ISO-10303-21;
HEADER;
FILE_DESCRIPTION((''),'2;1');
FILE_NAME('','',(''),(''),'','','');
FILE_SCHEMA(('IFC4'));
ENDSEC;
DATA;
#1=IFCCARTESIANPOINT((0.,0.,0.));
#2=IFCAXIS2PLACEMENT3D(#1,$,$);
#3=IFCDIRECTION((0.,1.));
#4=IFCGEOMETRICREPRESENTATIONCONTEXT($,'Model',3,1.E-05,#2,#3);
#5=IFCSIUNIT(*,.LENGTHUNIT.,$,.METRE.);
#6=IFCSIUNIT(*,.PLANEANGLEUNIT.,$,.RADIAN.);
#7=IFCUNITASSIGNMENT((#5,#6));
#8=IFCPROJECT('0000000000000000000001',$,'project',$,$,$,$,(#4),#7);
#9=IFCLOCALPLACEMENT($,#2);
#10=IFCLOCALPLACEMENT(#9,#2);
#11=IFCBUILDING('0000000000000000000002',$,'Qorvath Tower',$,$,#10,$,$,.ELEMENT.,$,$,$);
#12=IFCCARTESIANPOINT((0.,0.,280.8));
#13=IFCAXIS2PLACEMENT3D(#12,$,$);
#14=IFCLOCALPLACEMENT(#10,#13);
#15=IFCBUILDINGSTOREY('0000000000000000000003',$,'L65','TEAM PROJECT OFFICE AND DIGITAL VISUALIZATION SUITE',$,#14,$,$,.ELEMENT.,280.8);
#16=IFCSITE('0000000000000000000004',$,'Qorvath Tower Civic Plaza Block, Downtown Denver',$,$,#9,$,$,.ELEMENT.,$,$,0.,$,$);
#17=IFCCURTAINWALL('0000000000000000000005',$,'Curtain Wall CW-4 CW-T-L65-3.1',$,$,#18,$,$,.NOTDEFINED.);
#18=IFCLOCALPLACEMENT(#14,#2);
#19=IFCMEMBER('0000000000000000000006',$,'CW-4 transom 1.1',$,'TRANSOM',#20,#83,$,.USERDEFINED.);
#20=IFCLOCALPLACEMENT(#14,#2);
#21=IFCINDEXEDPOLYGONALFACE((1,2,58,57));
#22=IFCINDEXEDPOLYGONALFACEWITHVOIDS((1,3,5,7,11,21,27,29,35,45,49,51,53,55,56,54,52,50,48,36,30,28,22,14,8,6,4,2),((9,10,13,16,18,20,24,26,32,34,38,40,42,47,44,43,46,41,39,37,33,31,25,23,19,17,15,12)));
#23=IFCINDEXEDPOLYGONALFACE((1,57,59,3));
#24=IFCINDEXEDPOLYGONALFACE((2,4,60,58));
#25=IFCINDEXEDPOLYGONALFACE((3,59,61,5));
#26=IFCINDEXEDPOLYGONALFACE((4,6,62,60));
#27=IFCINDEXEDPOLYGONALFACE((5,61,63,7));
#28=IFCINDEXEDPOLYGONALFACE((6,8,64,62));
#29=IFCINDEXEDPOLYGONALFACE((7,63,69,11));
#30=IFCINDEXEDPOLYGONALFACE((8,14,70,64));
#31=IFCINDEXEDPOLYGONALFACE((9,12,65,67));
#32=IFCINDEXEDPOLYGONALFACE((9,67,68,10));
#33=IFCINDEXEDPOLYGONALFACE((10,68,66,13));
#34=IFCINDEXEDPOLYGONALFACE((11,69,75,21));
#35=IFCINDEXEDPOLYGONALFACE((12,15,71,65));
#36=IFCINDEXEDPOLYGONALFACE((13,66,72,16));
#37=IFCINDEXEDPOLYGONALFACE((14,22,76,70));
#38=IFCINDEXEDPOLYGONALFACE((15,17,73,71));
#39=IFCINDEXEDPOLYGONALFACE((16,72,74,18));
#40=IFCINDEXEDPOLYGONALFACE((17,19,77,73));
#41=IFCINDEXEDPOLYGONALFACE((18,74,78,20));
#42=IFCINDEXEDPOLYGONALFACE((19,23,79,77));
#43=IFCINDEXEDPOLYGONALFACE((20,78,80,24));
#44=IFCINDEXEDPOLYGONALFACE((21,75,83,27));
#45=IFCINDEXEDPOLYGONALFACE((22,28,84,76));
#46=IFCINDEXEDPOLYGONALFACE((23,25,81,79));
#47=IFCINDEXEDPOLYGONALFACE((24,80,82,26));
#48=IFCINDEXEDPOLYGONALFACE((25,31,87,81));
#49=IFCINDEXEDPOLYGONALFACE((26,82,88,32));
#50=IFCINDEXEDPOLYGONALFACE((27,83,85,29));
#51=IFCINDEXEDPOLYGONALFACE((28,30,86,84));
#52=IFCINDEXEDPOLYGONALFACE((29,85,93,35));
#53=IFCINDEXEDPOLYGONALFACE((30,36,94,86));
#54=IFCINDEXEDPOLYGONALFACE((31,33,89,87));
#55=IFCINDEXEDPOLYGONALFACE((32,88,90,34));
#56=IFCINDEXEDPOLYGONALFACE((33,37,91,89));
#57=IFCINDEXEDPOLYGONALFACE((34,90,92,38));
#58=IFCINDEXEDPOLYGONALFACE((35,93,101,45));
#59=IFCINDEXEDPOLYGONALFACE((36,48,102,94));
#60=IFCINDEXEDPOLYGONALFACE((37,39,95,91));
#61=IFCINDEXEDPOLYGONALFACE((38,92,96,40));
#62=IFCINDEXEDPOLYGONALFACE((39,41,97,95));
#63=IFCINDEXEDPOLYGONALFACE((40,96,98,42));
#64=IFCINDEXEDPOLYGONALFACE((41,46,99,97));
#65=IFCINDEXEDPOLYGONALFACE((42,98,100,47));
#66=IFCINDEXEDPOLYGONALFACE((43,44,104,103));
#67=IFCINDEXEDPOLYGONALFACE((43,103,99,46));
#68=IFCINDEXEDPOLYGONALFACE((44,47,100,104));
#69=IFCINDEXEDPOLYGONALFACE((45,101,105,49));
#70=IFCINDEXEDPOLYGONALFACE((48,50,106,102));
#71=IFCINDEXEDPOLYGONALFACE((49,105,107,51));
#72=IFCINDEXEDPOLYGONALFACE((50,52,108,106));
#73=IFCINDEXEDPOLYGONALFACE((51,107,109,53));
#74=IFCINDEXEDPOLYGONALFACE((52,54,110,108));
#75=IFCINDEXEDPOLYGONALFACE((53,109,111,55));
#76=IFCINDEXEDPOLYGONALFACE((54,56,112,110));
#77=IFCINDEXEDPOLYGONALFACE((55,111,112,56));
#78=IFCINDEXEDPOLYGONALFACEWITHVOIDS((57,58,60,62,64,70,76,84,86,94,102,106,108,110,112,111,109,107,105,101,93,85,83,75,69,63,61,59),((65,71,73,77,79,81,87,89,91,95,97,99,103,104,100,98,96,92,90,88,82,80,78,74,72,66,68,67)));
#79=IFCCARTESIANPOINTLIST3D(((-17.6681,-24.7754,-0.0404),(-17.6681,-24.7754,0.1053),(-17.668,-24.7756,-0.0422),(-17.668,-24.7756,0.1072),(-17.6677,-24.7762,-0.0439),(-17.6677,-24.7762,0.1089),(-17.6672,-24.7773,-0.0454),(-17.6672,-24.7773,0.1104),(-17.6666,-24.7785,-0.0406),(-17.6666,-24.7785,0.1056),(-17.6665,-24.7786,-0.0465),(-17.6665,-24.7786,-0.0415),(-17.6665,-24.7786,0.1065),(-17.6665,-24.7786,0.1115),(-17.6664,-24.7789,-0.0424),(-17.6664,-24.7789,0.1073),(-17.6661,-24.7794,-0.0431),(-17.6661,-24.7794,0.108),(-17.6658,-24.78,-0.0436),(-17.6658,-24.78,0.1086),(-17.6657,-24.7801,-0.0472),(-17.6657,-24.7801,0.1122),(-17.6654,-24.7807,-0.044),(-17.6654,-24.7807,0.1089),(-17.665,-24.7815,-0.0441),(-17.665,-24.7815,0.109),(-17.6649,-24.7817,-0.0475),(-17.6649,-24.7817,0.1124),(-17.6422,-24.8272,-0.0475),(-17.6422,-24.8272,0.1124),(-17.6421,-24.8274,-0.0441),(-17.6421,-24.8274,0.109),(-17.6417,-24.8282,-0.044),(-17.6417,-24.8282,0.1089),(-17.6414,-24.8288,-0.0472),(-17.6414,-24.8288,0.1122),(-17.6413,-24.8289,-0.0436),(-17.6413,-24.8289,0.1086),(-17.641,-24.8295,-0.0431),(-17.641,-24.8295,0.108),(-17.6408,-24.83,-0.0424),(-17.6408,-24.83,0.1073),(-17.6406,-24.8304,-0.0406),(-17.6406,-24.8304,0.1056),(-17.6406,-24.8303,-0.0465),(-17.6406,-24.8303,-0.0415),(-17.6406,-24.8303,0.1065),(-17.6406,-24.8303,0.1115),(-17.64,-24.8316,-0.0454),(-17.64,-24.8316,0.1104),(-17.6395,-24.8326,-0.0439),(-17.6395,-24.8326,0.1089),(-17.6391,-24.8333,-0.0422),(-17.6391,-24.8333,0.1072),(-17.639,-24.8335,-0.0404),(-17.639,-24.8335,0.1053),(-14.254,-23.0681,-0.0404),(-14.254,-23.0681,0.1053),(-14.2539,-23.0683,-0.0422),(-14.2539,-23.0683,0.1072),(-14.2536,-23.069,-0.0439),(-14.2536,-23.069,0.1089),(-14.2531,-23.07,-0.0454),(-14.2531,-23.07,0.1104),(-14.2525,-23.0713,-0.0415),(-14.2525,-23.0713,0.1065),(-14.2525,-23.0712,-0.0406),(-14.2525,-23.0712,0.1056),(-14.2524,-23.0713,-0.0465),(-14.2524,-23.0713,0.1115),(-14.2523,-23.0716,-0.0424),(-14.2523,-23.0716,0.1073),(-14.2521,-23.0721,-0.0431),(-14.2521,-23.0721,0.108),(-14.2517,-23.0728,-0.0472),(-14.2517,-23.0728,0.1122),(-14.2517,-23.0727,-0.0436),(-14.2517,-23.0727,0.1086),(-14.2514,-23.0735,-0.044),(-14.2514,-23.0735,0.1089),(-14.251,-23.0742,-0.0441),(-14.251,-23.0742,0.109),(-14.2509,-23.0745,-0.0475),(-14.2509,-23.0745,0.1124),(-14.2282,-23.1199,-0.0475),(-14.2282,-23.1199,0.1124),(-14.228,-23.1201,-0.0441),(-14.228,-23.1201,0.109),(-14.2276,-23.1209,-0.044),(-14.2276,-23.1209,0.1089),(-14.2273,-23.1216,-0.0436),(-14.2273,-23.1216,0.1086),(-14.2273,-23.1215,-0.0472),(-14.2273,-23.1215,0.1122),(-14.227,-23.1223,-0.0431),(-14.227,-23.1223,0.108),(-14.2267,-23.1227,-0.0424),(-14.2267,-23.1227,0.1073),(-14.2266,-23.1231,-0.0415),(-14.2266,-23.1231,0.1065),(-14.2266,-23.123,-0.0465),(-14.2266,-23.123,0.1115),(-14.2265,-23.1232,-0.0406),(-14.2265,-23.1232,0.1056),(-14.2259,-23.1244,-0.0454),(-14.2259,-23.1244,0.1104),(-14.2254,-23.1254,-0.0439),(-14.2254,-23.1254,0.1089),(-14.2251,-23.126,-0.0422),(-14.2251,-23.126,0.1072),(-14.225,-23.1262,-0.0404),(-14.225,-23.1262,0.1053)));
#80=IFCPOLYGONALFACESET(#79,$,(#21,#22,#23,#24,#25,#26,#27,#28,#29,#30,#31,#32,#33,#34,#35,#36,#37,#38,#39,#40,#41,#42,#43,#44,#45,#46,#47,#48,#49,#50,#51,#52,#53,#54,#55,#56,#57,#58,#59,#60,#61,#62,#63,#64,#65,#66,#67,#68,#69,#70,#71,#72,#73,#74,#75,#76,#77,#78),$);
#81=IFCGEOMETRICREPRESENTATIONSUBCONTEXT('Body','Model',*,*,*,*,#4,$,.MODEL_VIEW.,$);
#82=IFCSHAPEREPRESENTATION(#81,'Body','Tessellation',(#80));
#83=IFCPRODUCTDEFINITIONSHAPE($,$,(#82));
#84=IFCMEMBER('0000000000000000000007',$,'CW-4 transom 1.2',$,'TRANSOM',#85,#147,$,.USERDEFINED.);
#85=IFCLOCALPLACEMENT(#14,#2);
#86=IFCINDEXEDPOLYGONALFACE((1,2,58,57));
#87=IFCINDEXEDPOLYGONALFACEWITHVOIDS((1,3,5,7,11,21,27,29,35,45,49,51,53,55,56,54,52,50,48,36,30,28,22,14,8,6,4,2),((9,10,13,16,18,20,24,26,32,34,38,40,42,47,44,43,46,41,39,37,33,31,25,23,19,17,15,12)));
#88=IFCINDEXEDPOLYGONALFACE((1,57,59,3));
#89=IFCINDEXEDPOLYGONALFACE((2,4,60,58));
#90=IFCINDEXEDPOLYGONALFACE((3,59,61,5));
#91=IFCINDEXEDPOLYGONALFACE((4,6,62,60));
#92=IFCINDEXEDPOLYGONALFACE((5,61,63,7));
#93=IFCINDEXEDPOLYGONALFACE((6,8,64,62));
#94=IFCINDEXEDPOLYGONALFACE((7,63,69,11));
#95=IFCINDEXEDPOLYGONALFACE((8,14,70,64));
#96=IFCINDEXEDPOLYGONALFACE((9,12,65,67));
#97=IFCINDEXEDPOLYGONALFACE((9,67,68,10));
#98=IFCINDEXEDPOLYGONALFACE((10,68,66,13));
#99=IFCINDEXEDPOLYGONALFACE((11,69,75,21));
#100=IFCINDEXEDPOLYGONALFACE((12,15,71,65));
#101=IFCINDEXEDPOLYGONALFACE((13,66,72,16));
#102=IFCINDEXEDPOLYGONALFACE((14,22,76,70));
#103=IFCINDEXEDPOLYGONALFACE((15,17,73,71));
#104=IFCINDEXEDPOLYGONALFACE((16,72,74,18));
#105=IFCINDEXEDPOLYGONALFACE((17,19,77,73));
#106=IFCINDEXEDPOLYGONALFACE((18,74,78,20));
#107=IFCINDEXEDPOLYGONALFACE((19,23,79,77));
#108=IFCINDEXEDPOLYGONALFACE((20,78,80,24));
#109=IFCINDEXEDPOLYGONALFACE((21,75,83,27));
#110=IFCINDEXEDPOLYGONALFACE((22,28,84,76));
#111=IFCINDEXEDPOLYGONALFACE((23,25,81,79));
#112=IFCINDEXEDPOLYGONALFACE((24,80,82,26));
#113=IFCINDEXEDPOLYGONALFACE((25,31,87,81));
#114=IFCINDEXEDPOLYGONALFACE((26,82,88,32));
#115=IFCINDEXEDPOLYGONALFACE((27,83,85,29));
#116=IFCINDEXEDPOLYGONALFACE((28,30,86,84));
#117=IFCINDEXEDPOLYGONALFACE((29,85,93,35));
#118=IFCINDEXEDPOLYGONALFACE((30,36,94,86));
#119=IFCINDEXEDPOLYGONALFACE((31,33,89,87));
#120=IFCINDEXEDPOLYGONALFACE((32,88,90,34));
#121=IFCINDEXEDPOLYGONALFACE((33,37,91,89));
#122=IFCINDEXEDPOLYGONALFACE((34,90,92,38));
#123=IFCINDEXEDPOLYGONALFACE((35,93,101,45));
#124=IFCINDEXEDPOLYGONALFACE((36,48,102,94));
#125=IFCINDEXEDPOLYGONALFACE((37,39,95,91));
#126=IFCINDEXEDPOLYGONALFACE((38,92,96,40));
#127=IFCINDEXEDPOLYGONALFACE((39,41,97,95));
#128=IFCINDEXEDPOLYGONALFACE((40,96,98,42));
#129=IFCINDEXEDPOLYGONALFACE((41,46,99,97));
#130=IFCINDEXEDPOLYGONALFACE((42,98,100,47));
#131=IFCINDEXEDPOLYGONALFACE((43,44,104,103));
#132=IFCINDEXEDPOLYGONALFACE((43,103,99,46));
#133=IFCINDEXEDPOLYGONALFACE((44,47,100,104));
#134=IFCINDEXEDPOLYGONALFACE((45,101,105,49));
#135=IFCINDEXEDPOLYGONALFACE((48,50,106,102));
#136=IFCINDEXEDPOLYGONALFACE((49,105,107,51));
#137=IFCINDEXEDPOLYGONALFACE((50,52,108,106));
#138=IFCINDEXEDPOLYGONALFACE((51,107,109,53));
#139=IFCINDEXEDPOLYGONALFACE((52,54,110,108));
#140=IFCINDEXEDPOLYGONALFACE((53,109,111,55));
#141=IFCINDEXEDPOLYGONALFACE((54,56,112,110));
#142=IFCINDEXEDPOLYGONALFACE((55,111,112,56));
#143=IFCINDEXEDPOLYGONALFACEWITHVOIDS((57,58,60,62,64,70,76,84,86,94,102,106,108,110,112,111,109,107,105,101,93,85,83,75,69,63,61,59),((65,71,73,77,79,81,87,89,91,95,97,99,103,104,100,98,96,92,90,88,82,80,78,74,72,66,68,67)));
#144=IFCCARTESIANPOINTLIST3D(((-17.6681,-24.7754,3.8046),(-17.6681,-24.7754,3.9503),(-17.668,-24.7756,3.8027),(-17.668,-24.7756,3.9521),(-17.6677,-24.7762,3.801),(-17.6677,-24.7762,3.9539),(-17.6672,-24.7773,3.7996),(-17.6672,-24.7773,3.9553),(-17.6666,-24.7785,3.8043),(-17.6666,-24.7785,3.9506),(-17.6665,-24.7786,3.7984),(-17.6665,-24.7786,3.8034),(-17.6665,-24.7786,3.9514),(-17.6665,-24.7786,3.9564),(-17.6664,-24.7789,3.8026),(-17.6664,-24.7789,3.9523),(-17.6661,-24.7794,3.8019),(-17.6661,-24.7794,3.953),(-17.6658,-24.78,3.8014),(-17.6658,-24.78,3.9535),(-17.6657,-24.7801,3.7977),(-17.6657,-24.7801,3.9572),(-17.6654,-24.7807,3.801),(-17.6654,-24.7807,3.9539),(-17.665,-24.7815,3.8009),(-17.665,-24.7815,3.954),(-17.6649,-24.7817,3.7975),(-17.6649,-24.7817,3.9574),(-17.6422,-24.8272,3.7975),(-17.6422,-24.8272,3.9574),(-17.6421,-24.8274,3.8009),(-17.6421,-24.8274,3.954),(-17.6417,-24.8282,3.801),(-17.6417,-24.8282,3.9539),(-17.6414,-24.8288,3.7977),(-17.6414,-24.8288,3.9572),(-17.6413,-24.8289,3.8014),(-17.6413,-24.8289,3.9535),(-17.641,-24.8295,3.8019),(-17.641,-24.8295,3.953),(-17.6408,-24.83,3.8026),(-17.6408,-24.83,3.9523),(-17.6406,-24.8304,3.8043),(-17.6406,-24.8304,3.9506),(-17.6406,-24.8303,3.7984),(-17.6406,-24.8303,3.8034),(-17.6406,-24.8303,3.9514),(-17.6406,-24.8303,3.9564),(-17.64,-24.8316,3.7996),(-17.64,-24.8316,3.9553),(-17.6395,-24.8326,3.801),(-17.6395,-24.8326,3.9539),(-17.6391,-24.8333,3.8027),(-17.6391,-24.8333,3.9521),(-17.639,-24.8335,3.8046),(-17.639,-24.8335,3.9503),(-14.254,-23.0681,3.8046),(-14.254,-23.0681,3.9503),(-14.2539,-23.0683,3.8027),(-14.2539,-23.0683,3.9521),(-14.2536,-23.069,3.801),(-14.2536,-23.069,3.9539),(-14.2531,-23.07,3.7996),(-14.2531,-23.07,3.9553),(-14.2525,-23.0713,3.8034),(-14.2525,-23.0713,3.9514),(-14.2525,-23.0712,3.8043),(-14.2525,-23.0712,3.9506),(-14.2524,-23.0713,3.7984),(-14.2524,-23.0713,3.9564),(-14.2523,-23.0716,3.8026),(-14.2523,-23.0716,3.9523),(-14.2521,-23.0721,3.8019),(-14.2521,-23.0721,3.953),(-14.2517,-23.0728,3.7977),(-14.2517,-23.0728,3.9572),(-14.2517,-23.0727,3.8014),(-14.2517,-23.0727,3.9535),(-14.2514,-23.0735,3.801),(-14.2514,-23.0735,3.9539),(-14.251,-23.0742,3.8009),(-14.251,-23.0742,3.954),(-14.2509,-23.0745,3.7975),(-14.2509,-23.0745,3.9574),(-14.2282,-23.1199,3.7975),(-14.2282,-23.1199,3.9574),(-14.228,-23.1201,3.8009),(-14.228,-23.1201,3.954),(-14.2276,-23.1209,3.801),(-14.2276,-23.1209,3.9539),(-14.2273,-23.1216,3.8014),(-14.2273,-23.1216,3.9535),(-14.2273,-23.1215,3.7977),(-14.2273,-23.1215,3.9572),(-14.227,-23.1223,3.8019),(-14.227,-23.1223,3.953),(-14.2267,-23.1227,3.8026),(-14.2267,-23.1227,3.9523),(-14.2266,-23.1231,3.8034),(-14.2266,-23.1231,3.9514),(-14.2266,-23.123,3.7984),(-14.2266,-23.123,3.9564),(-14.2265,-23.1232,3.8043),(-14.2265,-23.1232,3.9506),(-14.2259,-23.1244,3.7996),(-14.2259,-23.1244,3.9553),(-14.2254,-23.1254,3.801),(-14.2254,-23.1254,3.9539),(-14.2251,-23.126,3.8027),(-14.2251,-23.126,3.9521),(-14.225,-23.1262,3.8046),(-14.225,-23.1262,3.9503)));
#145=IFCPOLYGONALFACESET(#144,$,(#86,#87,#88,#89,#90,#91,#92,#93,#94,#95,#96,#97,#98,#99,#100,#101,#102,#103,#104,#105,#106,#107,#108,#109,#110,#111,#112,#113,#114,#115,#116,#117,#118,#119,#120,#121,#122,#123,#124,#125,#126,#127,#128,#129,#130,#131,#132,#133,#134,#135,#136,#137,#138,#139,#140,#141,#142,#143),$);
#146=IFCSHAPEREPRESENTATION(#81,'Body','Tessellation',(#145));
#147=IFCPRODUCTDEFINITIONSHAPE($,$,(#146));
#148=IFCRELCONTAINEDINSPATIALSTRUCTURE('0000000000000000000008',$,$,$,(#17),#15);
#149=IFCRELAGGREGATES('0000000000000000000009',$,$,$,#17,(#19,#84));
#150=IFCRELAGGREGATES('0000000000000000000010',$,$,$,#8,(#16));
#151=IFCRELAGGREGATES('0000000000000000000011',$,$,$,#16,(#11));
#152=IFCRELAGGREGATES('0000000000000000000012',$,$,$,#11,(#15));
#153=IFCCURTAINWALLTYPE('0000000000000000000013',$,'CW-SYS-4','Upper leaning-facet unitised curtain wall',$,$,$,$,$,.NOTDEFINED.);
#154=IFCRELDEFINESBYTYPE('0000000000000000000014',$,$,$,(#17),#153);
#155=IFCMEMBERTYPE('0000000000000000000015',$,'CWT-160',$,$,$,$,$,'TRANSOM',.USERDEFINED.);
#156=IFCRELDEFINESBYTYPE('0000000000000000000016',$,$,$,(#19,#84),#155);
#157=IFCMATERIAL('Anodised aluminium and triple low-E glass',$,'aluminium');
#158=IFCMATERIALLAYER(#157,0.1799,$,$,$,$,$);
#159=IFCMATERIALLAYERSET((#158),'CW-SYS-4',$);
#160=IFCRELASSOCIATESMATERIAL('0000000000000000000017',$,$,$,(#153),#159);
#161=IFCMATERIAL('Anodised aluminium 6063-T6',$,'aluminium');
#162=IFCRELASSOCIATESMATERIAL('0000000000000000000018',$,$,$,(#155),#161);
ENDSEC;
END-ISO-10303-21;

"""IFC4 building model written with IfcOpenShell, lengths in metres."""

from ifc_helpers import new_model, si_unit, direction, frame, origin, origin_2d, place, context, subcontext, project, spatial, hollow_rectangle, extrude, material, layer, layer_set, material_profile, profile_set, type_object, element, aggregate, save


model = new_model("IFC4")

# Units and contexts
model_context = context("Model", 3, precision=1e-05, world=origin(), true_north=direction((0.0, 1.0)))
body_context = subcontext(model_context, "Body", "Model", "MODEL_VIEW")
ifc_project = project(units=[si_unit("LENGTHUNIT", "METRE"), si_unit("PLANEANGLEUNIT", "RADIAN")], contexts=[model_context])

# Site, building, storey
site_placement = place(None, origin())
site = spatial("IfcSite", under=ifc_project, at=site_placement, Name="Qorvath Tower Civic Plaza Block, Downtown Denver", CompositionType="ELEMENT", RefElevation=0.0)
building_placement = place(site_placement, origin())
building = spatial("IfcBuilding", under=site, at=building_placement, Name="Qorvath Tower", CompositionType="ELEMENT")
storey_placement = place(building_placement, frame((0.0, 0.0, 280.8)))
storey = spatial("IfcBuildingStorey", under=building, at=storey_placement, Name="L65", Description="TEAM PROJECT OFFICE AND DIGITAL VISUALIZATION SUITE", CompositionType="ELEMENT", Elevation=280.8)

# Shared definitions
ifc_material_1 = material(Name="Anodised aluminium and triple low-E glass", Category="aluminium")
ifc_layer_1 = layer(ifc_material_1, 0.1799)
ifc_layer_set_1 = layer_set([ifc_layer_1], Name="CW-SYS-4")
curtain_wall_type = type_object("IfcCurtainWallType", Name="CW-SYS-4", Description="Upper leaning-facet unitised curtain wall", PredefinedType="NOTDEFINED", material=ifc_layer_set_1)

# Curtain wall
curtain_wall_1_placement = place(storey_placement, origin())
curtain_wall_1 = element("IfcCurtainWall", 1, at=curtain_wall_1_placement, inside=storey, type_object=curtain_wall_type, Name="Curtain Wall CW-4 CW-T-L65-3.1", PredefinedType="NOTDEFINED")

# Members
ifc_material_2 = material(Name="Anodised aluminium 6063-T6", Category="aluminium")
ifc_material_profile_1 = material_profile(ifc_material_2, hollow_rectangle(XDim=0.0649, YDim=0.1599, WallThickness=0.0034, InnerFilletRadius=0.0034, OuterFilletRadius=0.0071, at=origin_2d()), Name="CWT 160x65")
ifc_profile_set_1 = profile_set([ifc_material_profile_1], Name="Anodised aluminium 6063-T6")
member_type_1 = type_object("IfcMemberType", Name="CWT-160", ElementType="TRANSOM", PredefinedType="USERDEFINED", material=ifc_profile_set_1)
member_1_placement = place(storey_placement, frame((-17.6536, -24.8044, 0.0325), z_axis=(0.894402, 0.447265, 0.0), x_axis=(-0.447265, 0.894402, 0.0)))
member_1 = element("IfcMember", 2, at=member_1_placement, type_object=member_type_1, Name="CW-4 transom 1.1", ObjectType="TRANSOM", PredefinedType="USERDEFINED", context=body_context, shape_type="SweptSolid", body=[
    extrude(hollow_rectangle(XDim=0.0649, YDim=0.1599, WallThickness=0.0034, InnerFilletRadius=0.0034, OuterFilletRadius=0.0071, at=origin_2d()), origin(), (0.0, 0.0, 1.0), 3.8171),
])
member_2_placement = place(storey_placement, frame((-17.6536, -24.8044, 3.8774), z_axis=(0.894402, 0.447265, 0.0), x_axis=(-0.447265, 0.894402, 0.0)))
member_2 = element("IfcMember", 3, at=member_2_placement, type_object=member_type_1, Name="CW-4 transom 1.2", ObjectType="TRANSOM", PredefinedType="USERDEFINED", context=body_context, shape_type="SweptSolid", body=[
    extrude(hollow_rectangle(XDim=0.0649, YDim=0.1599, WallThickness=0.0034, InnerFilletRadius=0.0034, OuterFilletRadius=0.0071, at=origin_2d()), origin(), (0.0, 0.0, 1.0), 3.8171),
])

aggregate(curtain_wall_1, [member_1, member_2])

save(model, "model.ifc")
